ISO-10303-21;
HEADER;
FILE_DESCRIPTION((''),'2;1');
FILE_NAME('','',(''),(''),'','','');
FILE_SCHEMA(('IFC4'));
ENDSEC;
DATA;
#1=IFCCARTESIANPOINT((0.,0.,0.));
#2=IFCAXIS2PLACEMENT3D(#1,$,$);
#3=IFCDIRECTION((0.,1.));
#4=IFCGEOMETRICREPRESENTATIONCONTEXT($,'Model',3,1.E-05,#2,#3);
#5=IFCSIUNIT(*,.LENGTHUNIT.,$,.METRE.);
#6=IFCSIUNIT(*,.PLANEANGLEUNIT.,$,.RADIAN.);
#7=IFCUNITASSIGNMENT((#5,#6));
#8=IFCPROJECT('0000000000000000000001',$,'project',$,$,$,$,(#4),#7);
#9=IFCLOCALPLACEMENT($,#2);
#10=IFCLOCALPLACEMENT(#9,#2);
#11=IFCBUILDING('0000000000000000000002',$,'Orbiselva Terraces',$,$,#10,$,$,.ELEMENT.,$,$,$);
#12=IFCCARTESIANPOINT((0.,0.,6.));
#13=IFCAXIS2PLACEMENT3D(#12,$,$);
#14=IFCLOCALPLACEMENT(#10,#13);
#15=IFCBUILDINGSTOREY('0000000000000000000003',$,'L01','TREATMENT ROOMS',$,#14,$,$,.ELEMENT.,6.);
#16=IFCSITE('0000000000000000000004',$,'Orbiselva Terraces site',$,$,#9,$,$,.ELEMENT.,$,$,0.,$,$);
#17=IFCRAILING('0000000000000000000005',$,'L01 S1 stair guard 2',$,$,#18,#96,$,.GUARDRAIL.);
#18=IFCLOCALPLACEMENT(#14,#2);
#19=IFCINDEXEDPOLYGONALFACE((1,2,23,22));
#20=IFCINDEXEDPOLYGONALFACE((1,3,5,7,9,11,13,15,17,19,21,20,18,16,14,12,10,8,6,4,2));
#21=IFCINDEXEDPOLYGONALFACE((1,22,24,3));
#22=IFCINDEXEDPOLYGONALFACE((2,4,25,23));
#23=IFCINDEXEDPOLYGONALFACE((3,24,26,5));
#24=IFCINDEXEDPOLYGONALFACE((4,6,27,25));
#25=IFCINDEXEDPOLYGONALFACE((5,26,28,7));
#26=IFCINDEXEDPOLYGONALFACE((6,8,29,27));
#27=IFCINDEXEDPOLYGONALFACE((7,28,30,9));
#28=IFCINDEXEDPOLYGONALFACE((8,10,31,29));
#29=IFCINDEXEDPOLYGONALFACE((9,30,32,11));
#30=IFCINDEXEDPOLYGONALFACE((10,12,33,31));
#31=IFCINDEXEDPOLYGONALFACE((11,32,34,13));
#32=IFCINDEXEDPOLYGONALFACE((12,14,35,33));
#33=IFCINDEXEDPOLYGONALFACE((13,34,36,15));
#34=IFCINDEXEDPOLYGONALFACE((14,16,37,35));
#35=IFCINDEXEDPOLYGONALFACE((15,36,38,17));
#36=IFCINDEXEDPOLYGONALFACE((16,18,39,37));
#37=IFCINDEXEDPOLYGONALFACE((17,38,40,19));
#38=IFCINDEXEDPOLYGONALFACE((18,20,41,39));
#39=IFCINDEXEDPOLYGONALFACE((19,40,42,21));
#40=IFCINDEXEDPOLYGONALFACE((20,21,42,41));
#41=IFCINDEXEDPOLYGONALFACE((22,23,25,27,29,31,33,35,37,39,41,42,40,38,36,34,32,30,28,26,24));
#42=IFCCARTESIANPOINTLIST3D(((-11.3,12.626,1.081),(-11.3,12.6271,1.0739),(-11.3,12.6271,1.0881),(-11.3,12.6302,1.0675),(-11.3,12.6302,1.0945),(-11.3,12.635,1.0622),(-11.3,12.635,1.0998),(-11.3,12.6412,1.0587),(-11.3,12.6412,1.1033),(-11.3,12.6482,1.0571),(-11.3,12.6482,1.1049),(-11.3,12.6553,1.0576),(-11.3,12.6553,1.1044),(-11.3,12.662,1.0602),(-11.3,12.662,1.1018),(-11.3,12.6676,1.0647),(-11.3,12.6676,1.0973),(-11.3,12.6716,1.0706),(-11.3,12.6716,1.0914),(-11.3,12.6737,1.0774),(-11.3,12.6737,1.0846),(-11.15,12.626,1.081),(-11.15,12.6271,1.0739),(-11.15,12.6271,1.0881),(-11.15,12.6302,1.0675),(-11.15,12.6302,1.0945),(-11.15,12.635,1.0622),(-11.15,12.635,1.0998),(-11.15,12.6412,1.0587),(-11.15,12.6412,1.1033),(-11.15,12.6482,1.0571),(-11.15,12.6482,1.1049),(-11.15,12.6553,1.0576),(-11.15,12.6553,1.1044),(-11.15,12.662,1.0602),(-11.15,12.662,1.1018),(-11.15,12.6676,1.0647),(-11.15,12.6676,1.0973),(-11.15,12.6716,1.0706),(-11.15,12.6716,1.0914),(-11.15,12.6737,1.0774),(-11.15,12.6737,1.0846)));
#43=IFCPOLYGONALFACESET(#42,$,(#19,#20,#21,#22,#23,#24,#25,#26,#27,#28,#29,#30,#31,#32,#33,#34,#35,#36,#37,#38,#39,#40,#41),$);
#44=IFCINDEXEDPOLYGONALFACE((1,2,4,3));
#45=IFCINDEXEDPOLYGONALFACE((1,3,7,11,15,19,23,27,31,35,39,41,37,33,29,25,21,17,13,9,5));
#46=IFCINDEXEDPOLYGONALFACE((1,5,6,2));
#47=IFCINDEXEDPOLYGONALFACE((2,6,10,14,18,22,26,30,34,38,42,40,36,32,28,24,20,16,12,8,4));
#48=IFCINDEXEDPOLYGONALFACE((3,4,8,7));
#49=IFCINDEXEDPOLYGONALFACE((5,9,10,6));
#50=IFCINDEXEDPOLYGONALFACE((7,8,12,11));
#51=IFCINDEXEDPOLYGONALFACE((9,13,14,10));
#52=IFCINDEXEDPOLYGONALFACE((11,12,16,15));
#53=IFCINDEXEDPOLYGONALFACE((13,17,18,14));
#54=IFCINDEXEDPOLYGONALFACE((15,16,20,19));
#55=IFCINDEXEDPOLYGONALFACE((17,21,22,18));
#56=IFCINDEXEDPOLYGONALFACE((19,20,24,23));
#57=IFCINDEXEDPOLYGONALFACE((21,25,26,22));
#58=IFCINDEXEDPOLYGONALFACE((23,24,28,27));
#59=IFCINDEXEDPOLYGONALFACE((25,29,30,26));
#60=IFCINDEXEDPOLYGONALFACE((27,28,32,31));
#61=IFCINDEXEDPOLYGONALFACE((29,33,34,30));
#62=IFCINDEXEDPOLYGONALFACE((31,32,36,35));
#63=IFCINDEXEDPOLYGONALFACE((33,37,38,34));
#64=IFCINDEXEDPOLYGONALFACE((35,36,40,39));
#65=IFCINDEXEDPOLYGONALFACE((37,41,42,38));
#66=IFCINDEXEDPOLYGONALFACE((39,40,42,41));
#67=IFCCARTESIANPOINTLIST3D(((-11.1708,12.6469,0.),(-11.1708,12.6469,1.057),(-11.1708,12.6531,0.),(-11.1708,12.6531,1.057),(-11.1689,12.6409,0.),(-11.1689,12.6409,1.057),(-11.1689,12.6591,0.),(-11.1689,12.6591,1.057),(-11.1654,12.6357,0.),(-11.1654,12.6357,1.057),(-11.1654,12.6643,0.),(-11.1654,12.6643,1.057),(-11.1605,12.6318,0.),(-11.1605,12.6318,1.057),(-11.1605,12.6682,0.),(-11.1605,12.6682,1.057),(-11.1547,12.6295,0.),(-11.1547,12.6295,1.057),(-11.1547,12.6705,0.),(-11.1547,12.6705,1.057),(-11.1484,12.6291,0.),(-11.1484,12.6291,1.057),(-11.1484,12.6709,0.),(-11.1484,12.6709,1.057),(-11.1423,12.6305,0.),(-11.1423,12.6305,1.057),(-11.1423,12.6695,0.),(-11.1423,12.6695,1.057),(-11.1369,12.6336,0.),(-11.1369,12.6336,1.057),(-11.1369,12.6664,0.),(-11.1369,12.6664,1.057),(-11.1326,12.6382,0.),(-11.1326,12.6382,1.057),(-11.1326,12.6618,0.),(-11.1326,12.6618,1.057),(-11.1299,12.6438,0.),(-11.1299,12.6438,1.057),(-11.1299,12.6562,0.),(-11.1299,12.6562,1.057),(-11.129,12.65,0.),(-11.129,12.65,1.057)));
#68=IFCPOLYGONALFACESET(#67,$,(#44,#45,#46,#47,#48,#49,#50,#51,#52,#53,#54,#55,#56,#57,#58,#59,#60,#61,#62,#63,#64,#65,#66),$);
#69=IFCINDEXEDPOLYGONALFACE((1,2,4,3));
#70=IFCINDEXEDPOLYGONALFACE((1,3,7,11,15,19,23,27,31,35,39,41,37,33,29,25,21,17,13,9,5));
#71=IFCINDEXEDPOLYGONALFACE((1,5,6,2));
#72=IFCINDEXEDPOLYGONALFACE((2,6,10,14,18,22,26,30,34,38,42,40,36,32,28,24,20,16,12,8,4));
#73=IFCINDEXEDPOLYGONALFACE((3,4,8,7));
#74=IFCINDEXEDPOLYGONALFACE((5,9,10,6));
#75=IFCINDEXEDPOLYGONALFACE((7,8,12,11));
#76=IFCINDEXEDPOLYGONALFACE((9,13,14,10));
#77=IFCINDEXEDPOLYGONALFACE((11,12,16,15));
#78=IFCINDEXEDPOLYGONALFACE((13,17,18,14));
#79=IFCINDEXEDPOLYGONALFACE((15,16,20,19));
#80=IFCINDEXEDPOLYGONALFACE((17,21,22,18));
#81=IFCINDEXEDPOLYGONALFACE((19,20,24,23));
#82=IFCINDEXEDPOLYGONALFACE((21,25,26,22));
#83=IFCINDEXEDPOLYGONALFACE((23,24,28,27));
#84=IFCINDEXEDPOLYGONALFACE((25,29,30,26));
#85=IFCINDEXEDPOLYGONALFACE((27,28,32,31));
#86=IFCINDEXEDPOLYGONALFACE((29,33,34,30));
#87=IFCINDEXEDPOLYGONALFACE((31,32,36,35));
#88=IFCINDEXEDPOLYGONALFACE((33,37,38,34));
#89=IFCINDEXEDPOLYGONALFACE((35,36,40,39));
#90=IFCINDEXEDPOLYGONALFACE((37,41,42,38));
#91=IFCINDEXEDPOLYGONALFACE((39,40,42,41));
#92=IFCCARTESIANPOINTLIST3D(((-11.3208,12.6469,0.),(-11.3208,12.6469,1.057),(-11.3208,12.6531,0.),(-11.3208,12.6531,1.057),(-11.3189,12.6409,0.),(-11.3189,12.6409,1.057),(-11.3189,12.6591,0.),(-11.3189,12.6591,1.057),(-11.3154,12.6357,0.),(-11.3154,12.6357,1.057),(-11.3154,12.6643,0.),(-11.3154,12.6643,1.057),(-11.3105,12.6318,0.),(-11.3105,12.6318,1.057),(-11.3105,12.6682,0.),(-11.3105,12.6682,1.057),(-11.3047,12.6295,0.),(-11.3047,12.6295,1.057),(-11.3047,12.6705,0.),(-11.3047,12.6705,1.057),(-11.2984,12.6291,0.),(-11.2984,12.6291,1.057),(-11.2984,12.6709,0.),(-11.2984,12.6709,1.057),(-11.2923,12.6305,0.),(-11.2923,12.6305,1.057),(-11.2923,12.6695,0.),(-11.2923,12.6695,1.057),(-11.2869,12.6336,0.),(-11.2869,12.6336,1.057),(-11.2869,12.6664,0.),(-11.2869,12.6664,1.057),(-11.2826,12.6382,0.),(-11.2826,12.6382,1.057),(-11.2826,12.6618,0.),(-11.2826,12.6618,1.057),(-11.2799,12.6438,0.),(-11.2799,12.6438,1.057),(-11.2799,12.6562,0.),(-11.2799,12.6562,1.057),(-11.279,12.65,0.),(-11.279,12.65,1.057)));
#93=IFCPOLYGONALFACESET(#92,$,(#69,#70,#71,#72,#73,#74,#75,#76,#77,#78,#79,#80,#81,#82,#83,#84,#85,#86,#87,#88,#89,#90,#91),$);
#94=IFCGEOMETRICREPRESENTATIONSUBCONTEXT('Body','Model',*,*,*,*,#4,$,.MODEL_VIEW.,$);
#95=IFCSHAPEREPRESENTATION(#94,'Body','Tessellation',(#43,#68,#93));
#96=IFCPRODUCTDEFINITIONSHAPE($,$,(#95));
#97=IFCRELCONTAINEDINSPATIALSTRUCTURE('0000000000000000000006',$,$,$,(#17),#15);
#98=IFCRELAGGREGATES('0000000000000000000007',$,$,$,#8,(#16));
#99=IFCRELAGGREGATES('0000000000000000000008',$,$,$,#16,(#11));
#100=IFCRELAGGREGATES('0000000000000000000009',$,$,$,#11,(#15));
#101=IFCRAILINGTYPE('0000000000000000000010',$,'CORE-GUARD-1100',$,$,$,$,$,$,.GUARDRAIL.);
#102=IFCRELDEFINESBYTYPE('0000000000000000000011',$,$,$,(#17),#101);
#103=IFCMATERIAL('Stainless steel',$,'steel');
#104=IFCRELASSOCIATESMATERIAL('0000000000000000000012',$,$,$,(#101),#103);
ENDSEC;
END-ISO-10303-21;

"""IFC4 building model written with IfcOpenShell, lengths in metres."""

from ifc_helpers import new_model, si_unit, direction, frame, origin, origin_2d, place, context, subcontext, project, spatial, circle, extrude, material, type_object, element, save


model = new_model("IFC4")

# Units and contexts
model_context = context("Model", 3, precision=1e-05, world=origin(), true_north=direction((0.0, 1.0)))
body_context = subcontext(model_context, "Body", "Model", "MODEL_VIEW")
ifc_project = project(units=[si_unit("LENGTHUNIT", "METRE"), si_unit("PLANEANGLEUNIT", "RADIAN")], contexts=[model_context])

# Site, building, storey
site_placement = place(None, origin())
site = spatial("IfcSite", under=ifc_project, at=site_placement, Name="Orbiselva Terraces site", CompositionType="ELEMENT", RefElevation=0.0)
building_placement = place(site_placement, origin())
building = spatial("IfcBuilding", under=site, at=building_placement, Name="Orbiselva Terraces", CompositionType="ELEMENT")
storey_placement = place(building_placement, frame((0.0, 0.0, 6.0)))
storey = spatial("IfcBuildingStorey", under=building, at=storey_placement, Name="L01", Description="TREATMENT ROOMS", CompositionType="ELEMENT", Elevation=6.0)

# Railing
ifc_material_1 = material(Name="Stainless steel", Category="steel")
railing_type_1 = type_object("IfcRailingType", Name="CORE-GUARD-1100", PredefinedType="GUARDRAIL", material=ifc_material_1)
railing_1_placement = place(storey_placement, frame((-11.15, 12.65, 0.0)))
element("IfcRailing", 1, at=railing_1_placement, inside=storey, type_object=railing_type_1, Name="L01 S1 stair guard 2", PredefinedType="GUARDRAIL", context=body_context, shape_type="SweptSolid", body=[
    extrude(circle(Radius=0.024, at=origin_2d()), frame((0.0, 0.0, 1.081), z_axis=(-1.0, 0.0, 0.0), x_axis=(0.0, -1.0, 0.0)), (0.0, 0.0, 1.0), 0.15),
    extrude(circle(Radius=0.021, at=origin_2d()), origin(), (0.0, 0.0, 1.0), 1.057),
    extrude(circle(Radius=0.021, at=origin_2d()), frame((-0.15, 0.0, 0.0)), (0.0, 0.0, 1.0), 1.057),
])

save(model, "model.ifc")
